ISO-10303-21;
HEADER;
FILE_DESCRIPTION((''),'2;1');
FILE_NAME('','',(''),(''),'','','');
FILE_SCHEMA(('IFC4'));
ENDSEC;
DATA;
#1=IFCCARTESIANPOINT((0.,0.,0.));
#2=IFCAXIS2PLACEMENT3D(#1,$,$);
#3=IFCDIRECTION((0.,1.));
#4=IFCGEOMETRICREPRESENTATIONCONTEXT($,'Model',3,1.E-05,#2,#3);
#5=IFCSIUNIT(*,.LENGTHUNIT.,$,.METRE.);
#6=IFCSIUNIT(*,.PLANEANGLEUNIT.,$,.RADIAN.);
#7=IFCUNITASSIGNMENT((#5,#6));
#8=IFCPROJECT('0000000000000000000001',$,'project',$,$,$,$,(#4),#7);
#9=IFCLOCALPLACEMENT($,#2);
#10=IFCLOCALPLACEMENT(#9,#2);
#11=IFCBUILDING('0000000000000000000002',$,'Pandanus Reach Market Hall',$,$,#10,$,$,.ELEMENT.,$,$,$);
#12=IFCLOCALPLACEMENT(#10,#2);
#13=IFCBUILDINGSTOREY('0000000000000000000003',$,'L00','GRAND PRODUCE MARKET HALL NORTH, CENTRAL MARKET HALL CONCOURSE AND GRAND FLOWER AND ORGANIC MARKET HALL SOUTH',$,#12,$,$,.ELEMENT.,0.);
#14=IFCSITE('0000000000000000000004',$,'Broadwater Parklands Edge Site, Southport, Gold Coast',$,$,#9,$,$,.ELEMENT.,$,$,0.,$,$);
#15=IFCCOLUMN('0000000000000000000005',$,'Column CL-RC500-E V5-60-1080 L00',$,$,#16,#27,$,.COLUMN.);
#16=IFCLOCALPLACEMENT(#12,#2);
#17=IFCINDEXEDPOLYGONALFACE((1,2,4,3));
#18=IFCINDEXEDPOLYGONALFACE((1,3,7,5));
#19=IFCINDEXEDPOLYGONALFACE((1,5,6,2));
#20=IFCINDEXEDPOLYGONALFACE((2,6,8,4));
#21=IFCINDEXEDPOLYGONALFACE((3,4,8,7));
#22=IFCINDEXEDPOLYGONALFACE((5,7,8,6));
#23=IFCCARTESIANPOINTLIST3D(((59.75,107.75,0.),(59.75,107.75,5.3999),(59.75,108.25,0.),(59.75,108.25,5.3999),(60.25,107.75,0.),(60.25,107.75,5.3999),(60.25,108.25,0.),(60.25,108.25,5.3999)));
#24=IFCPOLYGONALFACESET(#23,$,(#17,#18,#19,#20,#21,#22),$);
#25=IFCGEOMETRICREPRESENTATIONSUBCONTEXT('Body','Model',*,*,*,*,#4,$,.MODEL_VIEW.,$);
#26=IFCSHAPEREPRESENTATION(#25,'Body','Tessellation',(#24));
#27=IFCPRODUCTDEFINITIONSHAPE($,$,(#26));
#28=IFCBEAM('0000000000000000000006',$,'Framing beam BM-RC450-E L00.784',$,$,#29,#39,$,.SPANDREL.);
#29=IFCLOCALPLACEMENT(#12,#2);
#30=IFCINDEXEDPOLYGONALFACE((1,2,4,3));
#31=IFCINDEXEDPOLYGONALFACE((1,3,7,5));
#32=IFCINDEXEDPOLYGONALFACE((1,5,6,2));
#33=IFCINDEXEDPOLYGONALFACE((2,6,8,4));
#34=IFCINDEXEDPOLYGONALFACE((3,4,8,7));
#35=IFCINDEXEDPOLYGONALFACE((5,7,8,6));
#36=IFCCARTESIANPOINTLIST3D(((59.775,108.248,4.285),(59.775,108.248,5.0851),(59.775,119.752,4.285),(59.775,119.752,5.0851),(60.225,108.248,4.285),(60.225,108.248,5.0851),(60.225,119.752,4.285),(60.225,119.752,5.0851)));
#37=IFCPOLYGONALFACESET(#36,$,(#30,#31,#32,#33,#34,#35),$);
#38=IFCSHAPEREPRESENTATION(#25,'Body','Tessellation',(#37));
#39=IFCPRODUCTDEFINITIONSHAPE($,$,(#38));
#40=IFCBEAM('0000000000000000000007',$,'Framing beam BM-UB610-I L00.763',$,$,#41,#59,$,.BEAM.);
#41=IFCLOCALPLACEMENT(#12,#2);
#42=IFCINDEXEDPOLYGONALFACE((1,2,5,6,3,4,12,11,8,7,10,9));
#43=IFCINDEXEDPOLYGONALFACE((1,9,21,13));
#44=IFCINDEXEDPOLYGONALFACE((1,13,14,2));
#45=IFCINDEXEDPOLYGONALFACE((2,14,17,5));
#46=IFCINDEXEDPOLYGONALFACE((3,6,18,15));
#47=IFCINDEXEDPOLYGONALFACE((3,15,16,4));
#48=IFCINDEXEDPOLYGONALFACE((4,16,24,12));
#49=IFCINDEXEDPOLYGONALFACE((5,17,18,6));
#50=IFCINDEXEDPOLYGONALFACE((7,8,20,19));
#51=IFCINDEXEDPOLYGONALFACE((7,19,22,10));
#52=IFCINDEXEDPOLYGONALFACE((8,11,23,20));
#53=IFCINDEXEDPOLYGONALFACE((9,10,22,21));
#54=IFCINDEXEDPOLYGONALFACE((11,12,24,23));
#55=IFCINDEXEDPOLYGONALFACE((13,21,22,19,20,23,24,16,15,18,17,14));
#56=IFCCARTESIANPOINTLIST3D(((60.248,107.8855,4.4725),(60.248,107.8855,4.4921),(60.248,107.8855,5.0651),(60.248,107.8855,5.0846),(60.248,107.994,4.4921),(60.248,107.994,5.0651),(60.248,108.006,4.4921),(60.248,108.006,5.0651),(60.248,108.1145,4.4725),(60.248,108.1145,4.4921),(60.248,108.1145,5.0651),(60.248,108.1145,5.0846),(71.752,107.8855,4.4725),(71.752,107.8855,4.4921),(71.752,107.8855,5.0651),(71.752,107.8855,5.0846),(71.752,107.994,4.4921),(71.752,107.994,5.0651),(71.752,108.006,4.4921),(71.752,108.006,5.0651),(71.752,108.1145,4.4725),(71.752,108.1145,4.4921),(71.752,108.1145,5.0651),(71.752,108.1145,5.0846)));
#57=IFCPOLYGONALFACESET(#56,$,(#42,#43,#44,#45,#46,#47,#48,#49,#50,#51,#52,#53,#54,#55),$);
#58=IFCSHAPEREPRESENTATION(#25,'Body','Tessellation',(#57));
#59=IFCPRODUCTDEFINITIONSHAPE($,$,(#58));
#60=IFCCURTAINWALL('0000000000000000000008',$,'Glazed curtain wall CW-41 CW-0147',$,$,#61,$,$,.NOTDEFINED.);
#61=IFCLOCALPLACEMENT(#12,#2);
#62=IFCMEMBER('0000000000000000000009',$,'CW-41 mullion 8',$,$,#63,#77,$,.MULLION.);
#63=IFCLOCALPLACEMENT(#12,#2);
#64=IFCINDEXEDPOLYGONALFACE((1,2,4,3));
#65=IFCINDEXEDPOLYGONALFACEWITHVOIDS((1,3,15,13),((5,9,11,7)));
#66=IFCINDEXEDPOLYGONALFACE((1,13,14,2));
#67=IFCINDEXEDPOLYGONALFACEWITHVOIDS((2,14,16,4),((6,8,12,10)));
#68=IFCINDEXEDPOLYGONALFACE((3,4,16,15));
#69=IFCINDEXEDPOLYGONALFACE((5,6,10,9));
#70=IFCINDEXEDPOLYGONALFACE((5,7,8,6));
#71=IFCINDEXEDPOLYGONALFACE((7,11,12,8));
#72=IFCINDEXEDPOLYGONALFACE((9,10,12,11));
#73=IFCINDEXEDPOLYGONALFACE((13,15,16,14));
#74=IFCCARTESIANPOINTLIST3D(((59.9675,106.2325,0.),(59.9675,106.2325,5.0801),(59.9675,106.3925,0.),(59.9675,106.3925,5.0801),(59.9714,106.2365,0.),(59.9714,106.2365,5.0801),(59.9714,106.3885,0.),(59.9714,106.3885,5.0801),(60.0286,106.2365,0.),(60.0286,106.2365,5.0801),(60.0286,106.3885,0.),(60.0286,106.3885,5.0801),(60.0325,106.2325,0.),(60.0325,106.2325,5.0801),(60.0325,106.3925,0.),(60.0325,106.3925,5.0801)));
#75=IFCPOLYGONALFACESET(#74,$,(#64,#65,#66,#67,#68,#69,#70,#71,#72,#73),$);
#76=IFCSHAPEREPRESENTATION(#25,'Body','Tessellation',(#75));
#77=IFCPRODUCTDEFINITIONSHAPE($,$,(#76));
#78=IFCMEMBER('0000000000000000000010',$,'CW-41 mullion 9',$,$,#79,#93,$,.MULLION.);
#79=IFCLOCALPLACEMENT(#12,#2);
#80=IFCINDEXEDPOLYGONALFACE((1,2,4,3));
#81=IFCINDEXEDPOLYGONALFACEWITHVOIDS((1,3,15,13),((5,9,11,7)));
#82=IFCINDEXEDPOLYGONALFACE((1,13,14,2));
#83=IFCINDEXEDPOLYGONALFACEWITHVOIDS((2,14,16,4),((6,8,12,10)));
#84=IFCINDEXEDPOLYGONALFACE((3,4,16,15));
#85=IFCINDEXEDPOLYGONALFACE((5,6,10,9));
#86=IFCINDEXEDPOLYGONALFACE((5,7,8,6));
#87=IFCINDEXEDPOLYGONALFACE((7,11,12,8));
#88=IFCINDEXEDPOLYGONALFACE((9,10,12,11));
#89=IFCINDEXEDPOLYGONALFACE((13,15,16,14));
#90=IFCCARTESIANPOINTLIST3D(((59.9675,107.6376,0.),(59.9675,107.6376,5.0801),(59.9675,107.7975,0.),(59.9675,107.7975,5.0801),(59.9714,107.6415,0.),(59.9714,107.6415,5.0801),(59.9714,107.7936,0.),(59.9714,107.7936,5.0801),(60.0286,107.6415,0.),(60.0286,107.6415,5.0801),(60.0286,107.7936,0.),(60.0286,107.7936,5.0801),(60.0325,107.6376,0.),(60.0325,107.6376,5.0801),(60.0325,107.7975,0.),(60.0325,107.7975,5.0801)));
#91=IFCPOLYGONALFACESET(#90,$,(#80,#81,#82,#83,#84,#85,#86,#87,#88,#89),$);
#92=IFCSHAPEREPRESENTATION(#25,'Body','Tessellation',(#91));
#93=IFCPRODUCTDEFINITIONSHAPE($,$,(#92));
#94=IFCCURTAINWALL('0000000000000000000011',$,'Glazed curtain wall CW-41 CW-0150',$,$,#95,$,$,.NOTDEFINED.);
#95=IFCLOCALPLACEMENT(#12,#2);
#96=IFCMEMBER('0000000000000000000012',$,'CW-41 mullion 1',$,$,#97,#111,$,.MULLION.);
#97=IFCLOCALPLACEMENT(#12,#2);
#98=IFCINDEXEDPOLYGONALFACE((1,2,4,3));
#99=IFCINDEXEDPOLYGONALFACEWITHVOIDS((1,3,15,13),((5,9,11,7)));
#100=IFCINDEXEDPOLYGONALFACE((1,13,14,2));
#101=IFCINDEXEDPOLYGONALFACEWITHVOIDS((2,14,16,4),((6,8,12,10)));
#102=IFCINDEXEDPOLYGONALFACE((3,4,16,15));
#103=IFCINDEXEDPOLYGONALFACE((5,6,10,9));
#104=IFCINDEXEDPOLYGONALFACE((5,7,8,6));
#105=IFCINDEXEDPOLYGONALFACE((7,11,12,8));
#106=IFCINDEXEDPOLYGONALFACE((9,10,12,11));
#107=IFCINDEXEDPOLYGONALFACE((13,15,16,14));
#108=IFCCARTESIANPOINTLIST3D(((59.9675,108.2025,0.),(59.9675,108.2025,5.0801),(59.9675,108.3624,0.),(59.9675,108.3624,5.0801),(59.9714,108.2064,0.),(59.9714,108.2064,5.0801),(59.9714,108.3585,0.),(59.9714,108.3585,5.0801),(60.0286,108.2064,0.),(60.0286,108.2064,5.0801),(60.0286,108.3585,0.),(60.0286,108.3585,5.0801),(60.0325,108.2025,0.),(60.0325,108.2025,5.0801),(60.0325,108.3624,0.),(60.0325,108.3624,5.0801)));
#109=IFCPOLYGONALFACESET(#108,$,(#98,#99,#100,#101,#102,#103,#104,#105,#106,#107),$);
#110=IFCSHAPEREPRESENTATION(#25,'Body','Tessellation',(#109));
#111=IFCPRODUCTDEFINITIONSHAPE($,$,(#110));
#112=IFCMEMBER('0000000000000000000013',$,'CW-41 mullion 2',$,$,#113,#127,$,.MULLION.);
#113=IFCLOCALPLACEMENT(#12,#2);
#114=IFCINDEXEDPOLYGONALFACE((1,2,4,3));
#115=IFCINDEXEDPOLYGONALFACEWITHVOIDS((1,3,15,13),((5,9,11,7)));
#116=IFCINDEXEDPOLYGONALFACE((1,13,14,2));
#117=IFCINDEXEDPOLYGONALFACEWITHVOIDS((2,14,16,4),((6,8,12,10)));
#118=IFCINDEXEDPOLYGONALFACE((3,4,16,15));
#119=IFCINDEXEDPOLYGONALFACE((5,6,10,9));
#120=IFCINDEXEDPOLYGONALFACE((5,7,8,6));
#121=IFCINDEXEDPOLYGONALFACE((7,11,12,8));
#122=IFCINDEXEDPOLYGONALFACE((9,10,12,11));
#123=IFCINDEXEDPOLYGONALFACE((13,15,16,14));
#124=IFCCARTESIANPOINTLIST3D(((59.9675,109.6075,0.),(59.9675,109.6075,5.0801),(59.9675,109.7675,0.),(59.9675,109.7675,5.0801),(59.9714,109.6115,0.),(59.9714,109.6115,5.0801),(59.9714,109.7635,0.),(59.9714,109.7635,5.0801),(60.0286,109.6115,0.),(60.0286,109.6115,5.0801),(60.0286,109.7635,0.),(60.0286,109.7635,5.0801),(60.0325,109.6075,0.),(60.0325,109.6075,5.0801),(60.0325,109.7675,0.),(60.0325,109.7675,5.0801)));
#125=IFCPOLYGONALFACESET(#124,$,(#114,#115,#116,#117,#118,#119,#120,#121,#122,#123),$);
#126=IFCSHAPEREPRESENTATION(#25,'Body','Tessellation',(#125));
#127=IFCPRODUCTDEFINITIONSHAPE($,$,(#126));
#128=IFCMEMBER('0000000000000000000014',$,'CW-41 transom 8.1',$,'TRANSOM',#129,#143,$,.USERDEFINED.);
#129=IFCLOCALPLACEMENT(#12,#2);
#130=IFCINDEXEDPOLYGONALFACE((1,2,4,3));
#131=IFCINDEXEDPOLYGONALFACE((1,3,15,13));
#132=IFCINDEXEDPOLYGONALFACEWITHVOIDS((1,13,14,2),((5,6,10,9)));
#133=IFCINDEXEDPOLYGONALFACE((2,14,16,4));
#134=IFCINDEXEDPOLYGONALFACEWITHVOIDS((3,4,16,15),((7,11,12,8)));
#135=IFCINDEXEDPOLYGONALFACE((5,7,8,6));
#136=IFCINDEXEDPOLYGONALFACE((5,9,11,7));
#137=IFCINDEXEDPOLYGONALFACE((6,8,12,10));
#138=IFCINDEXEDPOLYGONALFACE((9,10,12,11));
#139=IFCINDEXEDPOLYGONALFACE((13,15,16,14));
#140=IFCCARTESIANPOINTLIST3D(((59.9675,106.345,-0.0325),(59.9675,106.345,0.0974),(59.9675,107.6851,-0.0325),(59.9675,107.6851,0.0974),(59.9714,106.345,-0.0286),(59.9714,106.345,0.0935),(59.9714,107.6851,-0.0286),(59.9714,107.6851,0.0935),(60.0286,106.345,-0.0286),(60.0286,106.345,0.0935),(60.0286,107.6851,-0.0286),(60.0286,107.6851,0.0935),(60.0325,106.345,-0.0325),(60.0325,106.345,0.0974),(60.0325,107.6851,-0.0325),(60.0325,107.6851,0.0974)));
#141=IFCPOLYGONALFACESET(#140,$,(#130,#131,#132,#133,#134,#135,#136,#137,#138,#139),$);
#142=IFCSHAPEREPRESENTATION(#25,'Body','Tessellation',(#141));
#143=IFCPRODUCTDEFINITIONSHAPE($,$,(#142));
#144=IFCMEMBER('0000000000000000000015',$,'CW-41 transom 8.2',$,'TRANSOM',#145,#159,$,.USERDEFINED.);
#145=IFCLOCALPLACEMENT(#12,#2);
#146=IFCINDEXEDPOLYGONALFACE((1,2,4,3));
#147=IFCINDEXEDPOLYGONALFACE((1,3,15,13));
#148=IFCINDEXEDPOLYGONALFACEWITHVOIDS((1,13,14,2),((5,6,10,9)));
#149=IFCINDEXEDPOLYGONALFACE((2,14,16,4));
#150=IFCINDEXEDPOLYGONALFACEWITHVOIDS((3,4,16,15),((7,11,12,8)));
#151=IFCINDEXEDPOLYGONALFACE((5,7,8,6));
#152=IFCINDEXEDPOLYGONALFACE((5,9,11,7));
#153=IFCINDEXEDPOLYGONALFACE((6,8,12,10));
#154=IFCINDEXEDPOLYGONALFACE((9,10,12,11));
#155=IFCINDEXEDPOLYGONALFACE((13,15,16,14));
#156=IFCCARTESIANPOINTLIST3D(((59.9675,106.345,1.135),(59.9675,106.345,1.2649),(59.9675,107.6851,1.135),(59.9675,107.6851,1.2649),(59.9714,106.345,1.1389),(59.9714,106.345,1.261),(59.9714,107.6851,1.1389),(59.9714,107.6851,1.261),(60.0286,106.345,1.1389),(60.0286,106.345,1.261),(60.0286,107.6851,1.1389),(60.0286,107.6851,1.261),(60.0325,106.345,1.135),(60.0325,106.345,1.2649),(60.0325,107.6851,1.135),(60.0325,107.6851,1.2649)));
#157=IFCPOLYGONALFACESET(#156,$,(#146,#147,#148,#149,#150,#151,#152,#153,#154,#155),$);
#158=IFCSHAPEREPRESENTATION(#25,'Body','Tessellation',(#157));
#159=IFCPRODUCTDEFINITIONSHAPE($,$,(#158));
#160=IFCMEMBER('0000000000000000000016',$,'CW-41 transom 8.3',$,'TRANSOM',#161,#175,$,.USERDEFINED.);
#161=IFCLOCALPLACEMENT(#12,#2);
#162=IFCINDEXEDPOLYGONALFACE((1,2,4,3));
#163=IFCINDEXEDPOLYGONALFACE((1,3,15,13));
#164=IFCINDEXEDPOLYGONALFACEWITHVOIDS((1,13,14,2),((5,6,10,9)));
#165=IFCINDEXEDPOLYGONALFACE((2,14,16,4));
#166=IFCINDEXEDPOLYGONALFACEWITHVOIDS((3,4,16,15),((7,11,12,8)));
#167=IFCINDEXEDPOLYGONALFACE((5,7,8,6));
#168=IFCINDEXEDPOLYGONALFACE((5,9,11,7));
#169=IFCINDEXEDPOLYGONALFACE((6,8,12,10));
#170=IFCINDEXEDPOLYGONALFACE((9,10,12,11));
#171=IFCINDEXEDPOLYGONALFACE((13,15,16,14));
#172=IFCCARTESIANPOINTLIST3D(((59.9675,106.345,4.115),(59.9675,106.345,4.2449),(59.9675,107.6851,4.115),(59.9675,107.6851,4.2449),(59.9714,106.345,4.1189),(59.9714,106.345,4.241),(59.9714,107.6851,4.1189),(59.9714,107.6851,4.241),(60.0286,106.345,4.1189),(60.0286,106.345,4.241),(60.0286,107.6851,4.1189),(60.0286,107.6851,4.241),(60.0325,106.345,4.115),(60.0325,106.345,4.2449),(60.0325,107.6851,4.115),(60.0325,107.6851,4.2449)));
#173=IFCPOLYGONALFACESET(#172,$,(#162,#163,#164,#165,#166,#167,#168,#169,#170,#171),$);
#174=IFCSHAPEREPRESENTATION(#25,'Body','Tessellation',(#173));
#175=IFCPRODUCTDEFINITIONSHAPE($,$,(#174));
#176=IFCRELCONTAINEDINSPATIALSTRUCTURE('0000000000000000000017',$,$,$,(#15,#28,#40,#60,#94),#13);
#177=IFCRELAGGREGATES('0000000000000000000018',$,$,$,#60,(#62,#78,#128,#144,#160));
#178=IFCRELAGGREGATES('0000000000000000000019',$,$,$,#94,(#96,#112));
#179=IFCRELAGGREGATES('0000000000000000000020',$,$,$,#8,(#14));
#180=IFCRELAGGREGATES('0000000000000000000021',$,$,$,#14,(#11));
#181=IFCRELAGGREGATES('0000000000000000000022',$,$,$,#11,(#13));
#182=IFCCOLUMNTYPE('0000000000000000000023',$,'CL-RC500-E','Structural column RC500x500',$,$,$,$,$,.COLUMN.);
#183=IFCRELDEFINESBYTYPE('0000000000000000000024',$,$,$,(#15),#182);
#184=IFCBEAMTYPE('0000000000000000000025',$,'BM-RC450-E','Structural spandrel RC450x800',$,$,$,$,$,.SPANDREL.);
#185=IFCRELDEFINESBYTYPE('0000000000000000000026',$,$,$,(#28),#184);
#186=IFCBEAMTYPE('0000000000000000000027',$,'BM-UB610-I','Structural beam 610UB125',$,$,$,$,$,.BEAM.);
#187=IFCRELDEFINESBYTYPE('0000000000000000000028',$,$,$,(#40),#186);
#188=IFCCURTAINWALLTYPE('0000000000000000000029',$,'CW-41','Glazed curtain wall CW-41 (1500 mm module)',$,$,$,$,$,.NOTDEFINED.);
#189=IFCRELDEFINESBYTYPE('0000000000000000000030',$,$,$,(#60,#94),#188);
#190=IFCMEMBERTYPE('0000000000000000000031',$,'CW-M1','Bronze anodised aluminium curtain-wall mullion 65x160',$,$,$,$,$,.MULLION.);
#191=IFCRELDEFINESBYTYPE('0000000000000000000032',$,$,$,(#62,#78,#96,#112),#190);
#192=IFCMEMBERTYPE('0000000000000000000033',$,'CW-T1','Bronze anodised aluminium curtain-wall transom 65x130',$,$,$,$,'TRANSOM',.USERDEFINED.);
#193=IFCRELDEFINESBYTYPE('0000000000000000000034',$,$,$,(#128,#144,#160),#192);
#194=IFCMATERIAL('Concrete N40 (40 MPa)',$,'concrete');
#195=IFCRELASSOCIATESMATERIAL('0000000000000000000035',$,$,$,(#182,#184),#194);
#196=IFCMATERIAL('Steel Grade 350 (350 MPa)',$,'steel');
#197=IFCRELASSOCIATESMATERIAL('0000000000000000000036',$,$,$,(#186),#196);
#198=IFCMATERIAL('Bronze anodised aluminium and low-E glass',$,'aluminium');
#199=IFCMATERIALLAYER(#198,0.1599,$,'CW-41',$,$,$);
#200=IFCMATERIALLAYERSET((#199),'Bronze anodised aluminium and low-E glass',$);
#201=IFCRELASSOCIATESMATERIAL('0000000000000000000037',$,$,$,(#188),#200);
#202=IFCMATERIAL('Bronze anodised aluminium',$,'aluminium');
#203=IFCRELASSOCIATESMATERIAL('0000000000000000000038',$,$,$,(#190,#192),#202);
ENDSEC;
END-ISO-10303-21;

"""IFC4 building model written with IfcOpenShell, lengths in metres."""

from ifc_helpers import new_model, si_unit, direction, frame, origin, origin_2d, place, context, subcontext, project, spatial, rectangle, hollow_rectangle, i_section, extrude, material, layer, layer_set, material_profile, profile_set, type_object, element, aggregate, save


model = new_model("IFC4")

# Units and contexts
model_context = context("Model", 3, precision=1e-05, world=origin(), true_north=direction((0.0, 1.0)))
body_context = subcontext(model_context, "Body", "Model", "MODEL_VIEW")
ifc_project = project(units=[si_unit("LENGTHUNIT", "METRE"), si_unit("PLANEANGLEUNIT", "RADIAN")], contexts=[model_context])

# Site, building, storey
site_placement = place(None, origin())
site = spatial("IfcSite", under=ifc_project, at=site_placement, Name="Broadwater Parklands Edge Site, Southport, Gold Coast", CompositionType="ELEMENT", RefElevation=0.0)
building_placement = place(site_placement, origin())
building = spatial("IfcBuilding", under=site, at=building_placement, Name="Pandanus Reach Market Hall", CompositionType="ELEMENT")
storey_placement = place(building_placement, origin())
storey = spatial("IfcBuildingStorey", under=building, at=storey_placement, Name="L00", Description="GRAND PRODUCE MARKET HALL NORTH, CENTRAL MARKET HALL CONCOURSE AND GRAND FLOWER AND ORGANIC MARKET HALL SOUTH", CompositionType="ELEMENT", Elevation=0.0)

# Column
ifc_material_1 = material(Name="Concrete N40 (40 MPa)", Category="concrete")
ifc_material_profile_1 = material_profile(ifc_material_1, rectangle(XDim=0.5, YDim=0.5, at=origin_2d()), Name="RC500x500", Category="LoadBearing")
ifc_profile_set_1 = profile_set([ifc_material_profile_1], Name="Concrete N40 (40 MPa)")
column_type = type_object("IfcColumnType", Name="CL-RC500-E", Description="Structural column RC500x500", PredefinedType="COLUMN", material=ifc_profile_set_1)
column_placement = place(storey_placement, frame((60.0, 108.0, 0.0), z_axis=(0.0, 0.0, 1.0), x_axis=(1.0, 0.0, 0.0)))
element("IfcColumn", 1, at=column_placement, inside=storey, type_object=column_type, Name="Column CL-RC500-E V5-60-1080 L00", PredefinedType="COLUMN", context=body_context, shape_type="SweptSolid", body=[
    extrude(rectangle(XDim=0.5, YDim=0.5, at=origin_2d()), origin(), (0.0, 0.0, 1.0), 5.3999),
])

# Beams
ifc_material_profile_2 = material_profile(ifc_material_1, rectangle(XDim=0.45, YDim=0.8, at=origin_2d()), Name="RC450x800", Category="LoadBearing")
ifc_profile_set_2 = profile_set([ifc_material_profile_2], Name="Concrete N40 (40 MPa)")
beam_type_1 = type_object("IfcBeamType", Name="BM-RC450-E", Description="Structural spandrel RC450x800", PredefinedType="SPANDREL", material=ifc_profile_set_2)
beam_1_placement = place(storey_placement, frame((60.0, 108.248, 4.6851), z_axis=(0.0, 1.0, 0.0), x_axis=(-1.0, 0.0, 0.0)))
element("IfcBeam", 2, at=beam_1_placement, inside=storey, type_object=beam_type_1, Name="Framing beam BM-RC450-E L00.784", PredefinedType="SPANDREL", context=body_context, shape_type="SweptSolid", body=[
    extrude(rectangle(XDim=0.45, YDim=0.8, at=origin_2d()), origin(), (0.0, 0.0, 1.0), 11.5039),
])
ifc_material_2 = material(Name="Steel Grade 350 (350 MPa)", Category="steel")
ifc_material_profile_3 = material_profile(ifc_material_2, i_section(OverallWidth=0.229, OverallDepth=0.6121, WebThickness=0.012, FlangeThickness=0.0195, at=origin_2d()), Name="610UB125", Category="LoadBearing")
ifc_profile_set_3 = profile_set([ifc_material_profile_3], Name="Steel Grade 350 (350 MPa)")
beam_type_2 = type_object("IfcBeamType", Name="BM-UB610-I", Description="Structural beam 610UB125", PredefinedType="BEAM", material=ifc_profile_set_3)
beam_2_placement = place(storey_placement, frame((60.248, 108.0, 4.7786), z_axis=(1.0, 0.0, 0.0), x_axis=(0.0, 1.0, 0.0)))
element("IfcBeam", 3, at=beam_2_placement, inside=storey, type_object=beam_type_2, Name="Framing beam BM-UB610-I L00.763", PredefinedType="BEAM", context=body_context, shape_type="SweptSolid", body=[
    extrude(i_section(OverallWidth=0.229, OverallDepth=0.6121, WebThickness=0.012, FlangeThickness=0.0195, at=origin_2d()), origin(), (0.0, 0.0, 1.0), 11.5039),
])

# Curtain walls, members
ifc_material_3 = material(Name="Bronze anodised aluminium and low-E glass", Category="aluminium")
ifc_layer_1 = layer(ifc_material_3, 0.1599, Name="CW-41")
ifc_layer_set_1 = layer_set([ifc_layer_1], Name="Bronze anodised aluminium and low-E glass")
curtain_wall_type = type_object("IfcCurtainWallType", Name="CW-41", Description="Glazed curtain wall CW-41 (1500 mm module)", PredefinedType="NOTDEFINED", material=ifc_layer_set_1)
curtain_wall_1_placement = place(storey_placement, origin())
curtain_wall_1 = element("IfcCurtainWall", 4, at=curtain_wall_1_placement, inside=storey, type_object=curtain_wall_type, Name="Glazed curtain wall CW-41 CW-0147", PredefinedType="NOTDEFINED")
ifc_material_4 = material(Name="Bronze anodised aluminium", Category="aluminium")
ifc_material_profile_4 = material_profile(ifc_material_4, hollow_rectangle(XDim=0.0649, YDim=0.1599, WallThickness=0.0039, at=origin_2d()), Name="ALU65x160", Category="LoadBearing")
ifc_profile_set_4 = profile_set([ifc_material_profile_4], Name="Bronze anodised aluminium")
member_type_1 = type_object("IfcMemberType", Name="CW-M1", Description="Bronze anodised aluminium curtain-wall mullion 65x160", PredefinedType="MULLION", material=ifc_profile_set_4)
member_1_placement = place(storey_placement, frame((60.0, 106.3125, 0.0), z_axis=(0.0, 0.0, 1.0), x_axis=(-1.0, 0.0, 0.0)))
member_1 = element("IfcMember", 5, at=member_1_placement, type_object=member_type_1, Name="CW-41 mullion 8", PredefinedType="MULLION", context=body_context, shape_type="SweptSolid", body=[
    extrude(hollow_rectangle(XDim=0.0649, YDim=0.1599, WallThickness=0.0039, at=origin_2d()), origin(), (0.0, 0.0, 1.0), 5.0801),
])
member_2_placement = place(storey_placement, frame((60.0, 107.7175, 0.0), z_axis=(0.0, 0.0, 1.0), x_axis=(-1.0, 0.0, 0.0)))
member_2 = element("IfcMember", 6, at=member_2_placement, type_object=member_type_1, Name="CW-41 mullion 9", PredefinedType="MULLION", context=body_context, shape_type="SweptSolid", body=[
    extrude(hollow_rectangle(XDim=0.0649, YDim=0.1599, WallThickness=0.0039, at=origin_2d()), origin(), (0.0, 0.0, 1.0), 5.0801),
])
curtain_wall_2_placement = place(storey_placement, origin())
curtain_wall_2 = element("IfcCurtainWall", 7, at=curtain_wall_2_placement, inside=storey, type_object=curtain_wall_type, Name="Glazed curtain wall CW-41 CW-0150", PredefinedType="NOTDEFINED")
member_3_placement = place(storey_placement, frame((60.0, 108.2825, 0.0), z_axis=(0.0, 0.0, 1.0), x_axis=(-1.0, 0.0, 0.0)))
member_3 = element("IfcMember", 8, at=member_3_placement, type_object=member_type_1, Name="CW-41 mullion 1", PredefinedType="MULLION", context=body_context, shape_type="SweptSolid", body=[
    extrude(hollow_rectangle(XDim=0.0649, YDim=0.1599, WallThickness=0.0039, at=origin_2d()), origin(), (0.0, 0.0, 1.0), 5.0801),
])
member_4_placement = place(storey_placement, frame((60.0, 109.6875, 0.0), z_axis=(0.0, 0.0, 1.0), x_axis=(-1.0, 0.0, 0.0)))
member_4 = element("IfcMember", 9, at=member_4_placement, type_object=member_type_1, Name="CW-41 mullion 2", PredefinedType="MULLION", context=body_context, shape_type="SweptSolid", body=[
    extrude(hollow_rectangle(XDim=0.0649, YDim=0.1599, WallThickness=0.0039, at=origin_2d()), origin(), (0.0, 0.0, 1.0), 5.0801),
])

# Members
ifc_material_profile_5 = material_profile(ifc_material_4, hollow_rectangle(XDim=0.0649, YDim=0.1299, WallThickness=0.0039, at=origin_2d()), Name="ALU65x130", Category="LoadBearing")
ifc_profile_set_5 = profile_set([ifc_material_profile_5], Name="Bronze anodised aluminium")
member_type_2 = type_object("IfcMemberType", Name="CW-T1", Description="Bronze anodised aluminium curtain-wall transom 65x130", ElementType="TRANSOM", PredefinedType="USERDEFINED", material=ifc_profile_set_5)
member_5_placement = place(storey_placement, frame((60.0, 106.345, 0.0325), z_axis=(0.0, 1.0, 0.0), x_axis=(-1.0, 0.0, 0.0)))
member_5 = element("IfcMember", 10, at=member_5_placement, type_object=member_type_2, Name="CW-41 transom 8.1", ObjectType="TRANSOM", PredefinedType="USERDEFINED", context=body_context, shape_type="SweptSolid", body=[
    extrude(hollow_rectangle(XDim=0.0649, YDim=0.1299, WallThickness=0.0039, at=origin_2d()), origin(), (0.0, 0.0, 1.0), 1.3401),
])
member_6_placement = place(storey_placement, frame((60.0, 106.345, 1.2), z_axis=(0.0, 1.0, 0.0), x_axis=(-1.0, 0.0, 0.0)))
member_6 = element("IfcMember", 11, at=member_6_placement, type_object=member_type_2, Name="CW-41 transom 8.2", ObjectType="TRANSOM", PredefinedType="USERDEFINED", context=body_context, shape_type="SweptSolid", body=[
    extrude(hollow_rectangle(XDim=0.0649, YDim=0.1299, WallThickness=0.0039, at=origin_2d()), origin(), (0.0, 0.0, 1.0), 1.3401),
])
member_7_placement = place(storey_placement, frame((60.0, 106.345, 4.1799), z_axis=(0.0, 1.0, 0.0), x_axis=(-1.0, 0.0, 0.0)))
member_7 = element("IfcMember", 12, at=member_7_placement, type_object=member_type_2, Name="CW-41 transom 8.3", ObjectType="TRANSOM", PredefinedType="USERDEFINED", context=body_context, shape_type="SweptSolid", body=[
    extrude(hollow_rectangle(XDim=0.0649, YDim=0.1299, WallThickness=0.0039, at=origin_2d()), origin(), (0.0, 0.0, 1.0), 1.3401),
])

aggregate(curtain_wall_1, [member_1, member_2, member_5, member_6, member_7])
aggregate(curtain_wall_2, [member_3, member_4])

save(model, "model.ifc")
